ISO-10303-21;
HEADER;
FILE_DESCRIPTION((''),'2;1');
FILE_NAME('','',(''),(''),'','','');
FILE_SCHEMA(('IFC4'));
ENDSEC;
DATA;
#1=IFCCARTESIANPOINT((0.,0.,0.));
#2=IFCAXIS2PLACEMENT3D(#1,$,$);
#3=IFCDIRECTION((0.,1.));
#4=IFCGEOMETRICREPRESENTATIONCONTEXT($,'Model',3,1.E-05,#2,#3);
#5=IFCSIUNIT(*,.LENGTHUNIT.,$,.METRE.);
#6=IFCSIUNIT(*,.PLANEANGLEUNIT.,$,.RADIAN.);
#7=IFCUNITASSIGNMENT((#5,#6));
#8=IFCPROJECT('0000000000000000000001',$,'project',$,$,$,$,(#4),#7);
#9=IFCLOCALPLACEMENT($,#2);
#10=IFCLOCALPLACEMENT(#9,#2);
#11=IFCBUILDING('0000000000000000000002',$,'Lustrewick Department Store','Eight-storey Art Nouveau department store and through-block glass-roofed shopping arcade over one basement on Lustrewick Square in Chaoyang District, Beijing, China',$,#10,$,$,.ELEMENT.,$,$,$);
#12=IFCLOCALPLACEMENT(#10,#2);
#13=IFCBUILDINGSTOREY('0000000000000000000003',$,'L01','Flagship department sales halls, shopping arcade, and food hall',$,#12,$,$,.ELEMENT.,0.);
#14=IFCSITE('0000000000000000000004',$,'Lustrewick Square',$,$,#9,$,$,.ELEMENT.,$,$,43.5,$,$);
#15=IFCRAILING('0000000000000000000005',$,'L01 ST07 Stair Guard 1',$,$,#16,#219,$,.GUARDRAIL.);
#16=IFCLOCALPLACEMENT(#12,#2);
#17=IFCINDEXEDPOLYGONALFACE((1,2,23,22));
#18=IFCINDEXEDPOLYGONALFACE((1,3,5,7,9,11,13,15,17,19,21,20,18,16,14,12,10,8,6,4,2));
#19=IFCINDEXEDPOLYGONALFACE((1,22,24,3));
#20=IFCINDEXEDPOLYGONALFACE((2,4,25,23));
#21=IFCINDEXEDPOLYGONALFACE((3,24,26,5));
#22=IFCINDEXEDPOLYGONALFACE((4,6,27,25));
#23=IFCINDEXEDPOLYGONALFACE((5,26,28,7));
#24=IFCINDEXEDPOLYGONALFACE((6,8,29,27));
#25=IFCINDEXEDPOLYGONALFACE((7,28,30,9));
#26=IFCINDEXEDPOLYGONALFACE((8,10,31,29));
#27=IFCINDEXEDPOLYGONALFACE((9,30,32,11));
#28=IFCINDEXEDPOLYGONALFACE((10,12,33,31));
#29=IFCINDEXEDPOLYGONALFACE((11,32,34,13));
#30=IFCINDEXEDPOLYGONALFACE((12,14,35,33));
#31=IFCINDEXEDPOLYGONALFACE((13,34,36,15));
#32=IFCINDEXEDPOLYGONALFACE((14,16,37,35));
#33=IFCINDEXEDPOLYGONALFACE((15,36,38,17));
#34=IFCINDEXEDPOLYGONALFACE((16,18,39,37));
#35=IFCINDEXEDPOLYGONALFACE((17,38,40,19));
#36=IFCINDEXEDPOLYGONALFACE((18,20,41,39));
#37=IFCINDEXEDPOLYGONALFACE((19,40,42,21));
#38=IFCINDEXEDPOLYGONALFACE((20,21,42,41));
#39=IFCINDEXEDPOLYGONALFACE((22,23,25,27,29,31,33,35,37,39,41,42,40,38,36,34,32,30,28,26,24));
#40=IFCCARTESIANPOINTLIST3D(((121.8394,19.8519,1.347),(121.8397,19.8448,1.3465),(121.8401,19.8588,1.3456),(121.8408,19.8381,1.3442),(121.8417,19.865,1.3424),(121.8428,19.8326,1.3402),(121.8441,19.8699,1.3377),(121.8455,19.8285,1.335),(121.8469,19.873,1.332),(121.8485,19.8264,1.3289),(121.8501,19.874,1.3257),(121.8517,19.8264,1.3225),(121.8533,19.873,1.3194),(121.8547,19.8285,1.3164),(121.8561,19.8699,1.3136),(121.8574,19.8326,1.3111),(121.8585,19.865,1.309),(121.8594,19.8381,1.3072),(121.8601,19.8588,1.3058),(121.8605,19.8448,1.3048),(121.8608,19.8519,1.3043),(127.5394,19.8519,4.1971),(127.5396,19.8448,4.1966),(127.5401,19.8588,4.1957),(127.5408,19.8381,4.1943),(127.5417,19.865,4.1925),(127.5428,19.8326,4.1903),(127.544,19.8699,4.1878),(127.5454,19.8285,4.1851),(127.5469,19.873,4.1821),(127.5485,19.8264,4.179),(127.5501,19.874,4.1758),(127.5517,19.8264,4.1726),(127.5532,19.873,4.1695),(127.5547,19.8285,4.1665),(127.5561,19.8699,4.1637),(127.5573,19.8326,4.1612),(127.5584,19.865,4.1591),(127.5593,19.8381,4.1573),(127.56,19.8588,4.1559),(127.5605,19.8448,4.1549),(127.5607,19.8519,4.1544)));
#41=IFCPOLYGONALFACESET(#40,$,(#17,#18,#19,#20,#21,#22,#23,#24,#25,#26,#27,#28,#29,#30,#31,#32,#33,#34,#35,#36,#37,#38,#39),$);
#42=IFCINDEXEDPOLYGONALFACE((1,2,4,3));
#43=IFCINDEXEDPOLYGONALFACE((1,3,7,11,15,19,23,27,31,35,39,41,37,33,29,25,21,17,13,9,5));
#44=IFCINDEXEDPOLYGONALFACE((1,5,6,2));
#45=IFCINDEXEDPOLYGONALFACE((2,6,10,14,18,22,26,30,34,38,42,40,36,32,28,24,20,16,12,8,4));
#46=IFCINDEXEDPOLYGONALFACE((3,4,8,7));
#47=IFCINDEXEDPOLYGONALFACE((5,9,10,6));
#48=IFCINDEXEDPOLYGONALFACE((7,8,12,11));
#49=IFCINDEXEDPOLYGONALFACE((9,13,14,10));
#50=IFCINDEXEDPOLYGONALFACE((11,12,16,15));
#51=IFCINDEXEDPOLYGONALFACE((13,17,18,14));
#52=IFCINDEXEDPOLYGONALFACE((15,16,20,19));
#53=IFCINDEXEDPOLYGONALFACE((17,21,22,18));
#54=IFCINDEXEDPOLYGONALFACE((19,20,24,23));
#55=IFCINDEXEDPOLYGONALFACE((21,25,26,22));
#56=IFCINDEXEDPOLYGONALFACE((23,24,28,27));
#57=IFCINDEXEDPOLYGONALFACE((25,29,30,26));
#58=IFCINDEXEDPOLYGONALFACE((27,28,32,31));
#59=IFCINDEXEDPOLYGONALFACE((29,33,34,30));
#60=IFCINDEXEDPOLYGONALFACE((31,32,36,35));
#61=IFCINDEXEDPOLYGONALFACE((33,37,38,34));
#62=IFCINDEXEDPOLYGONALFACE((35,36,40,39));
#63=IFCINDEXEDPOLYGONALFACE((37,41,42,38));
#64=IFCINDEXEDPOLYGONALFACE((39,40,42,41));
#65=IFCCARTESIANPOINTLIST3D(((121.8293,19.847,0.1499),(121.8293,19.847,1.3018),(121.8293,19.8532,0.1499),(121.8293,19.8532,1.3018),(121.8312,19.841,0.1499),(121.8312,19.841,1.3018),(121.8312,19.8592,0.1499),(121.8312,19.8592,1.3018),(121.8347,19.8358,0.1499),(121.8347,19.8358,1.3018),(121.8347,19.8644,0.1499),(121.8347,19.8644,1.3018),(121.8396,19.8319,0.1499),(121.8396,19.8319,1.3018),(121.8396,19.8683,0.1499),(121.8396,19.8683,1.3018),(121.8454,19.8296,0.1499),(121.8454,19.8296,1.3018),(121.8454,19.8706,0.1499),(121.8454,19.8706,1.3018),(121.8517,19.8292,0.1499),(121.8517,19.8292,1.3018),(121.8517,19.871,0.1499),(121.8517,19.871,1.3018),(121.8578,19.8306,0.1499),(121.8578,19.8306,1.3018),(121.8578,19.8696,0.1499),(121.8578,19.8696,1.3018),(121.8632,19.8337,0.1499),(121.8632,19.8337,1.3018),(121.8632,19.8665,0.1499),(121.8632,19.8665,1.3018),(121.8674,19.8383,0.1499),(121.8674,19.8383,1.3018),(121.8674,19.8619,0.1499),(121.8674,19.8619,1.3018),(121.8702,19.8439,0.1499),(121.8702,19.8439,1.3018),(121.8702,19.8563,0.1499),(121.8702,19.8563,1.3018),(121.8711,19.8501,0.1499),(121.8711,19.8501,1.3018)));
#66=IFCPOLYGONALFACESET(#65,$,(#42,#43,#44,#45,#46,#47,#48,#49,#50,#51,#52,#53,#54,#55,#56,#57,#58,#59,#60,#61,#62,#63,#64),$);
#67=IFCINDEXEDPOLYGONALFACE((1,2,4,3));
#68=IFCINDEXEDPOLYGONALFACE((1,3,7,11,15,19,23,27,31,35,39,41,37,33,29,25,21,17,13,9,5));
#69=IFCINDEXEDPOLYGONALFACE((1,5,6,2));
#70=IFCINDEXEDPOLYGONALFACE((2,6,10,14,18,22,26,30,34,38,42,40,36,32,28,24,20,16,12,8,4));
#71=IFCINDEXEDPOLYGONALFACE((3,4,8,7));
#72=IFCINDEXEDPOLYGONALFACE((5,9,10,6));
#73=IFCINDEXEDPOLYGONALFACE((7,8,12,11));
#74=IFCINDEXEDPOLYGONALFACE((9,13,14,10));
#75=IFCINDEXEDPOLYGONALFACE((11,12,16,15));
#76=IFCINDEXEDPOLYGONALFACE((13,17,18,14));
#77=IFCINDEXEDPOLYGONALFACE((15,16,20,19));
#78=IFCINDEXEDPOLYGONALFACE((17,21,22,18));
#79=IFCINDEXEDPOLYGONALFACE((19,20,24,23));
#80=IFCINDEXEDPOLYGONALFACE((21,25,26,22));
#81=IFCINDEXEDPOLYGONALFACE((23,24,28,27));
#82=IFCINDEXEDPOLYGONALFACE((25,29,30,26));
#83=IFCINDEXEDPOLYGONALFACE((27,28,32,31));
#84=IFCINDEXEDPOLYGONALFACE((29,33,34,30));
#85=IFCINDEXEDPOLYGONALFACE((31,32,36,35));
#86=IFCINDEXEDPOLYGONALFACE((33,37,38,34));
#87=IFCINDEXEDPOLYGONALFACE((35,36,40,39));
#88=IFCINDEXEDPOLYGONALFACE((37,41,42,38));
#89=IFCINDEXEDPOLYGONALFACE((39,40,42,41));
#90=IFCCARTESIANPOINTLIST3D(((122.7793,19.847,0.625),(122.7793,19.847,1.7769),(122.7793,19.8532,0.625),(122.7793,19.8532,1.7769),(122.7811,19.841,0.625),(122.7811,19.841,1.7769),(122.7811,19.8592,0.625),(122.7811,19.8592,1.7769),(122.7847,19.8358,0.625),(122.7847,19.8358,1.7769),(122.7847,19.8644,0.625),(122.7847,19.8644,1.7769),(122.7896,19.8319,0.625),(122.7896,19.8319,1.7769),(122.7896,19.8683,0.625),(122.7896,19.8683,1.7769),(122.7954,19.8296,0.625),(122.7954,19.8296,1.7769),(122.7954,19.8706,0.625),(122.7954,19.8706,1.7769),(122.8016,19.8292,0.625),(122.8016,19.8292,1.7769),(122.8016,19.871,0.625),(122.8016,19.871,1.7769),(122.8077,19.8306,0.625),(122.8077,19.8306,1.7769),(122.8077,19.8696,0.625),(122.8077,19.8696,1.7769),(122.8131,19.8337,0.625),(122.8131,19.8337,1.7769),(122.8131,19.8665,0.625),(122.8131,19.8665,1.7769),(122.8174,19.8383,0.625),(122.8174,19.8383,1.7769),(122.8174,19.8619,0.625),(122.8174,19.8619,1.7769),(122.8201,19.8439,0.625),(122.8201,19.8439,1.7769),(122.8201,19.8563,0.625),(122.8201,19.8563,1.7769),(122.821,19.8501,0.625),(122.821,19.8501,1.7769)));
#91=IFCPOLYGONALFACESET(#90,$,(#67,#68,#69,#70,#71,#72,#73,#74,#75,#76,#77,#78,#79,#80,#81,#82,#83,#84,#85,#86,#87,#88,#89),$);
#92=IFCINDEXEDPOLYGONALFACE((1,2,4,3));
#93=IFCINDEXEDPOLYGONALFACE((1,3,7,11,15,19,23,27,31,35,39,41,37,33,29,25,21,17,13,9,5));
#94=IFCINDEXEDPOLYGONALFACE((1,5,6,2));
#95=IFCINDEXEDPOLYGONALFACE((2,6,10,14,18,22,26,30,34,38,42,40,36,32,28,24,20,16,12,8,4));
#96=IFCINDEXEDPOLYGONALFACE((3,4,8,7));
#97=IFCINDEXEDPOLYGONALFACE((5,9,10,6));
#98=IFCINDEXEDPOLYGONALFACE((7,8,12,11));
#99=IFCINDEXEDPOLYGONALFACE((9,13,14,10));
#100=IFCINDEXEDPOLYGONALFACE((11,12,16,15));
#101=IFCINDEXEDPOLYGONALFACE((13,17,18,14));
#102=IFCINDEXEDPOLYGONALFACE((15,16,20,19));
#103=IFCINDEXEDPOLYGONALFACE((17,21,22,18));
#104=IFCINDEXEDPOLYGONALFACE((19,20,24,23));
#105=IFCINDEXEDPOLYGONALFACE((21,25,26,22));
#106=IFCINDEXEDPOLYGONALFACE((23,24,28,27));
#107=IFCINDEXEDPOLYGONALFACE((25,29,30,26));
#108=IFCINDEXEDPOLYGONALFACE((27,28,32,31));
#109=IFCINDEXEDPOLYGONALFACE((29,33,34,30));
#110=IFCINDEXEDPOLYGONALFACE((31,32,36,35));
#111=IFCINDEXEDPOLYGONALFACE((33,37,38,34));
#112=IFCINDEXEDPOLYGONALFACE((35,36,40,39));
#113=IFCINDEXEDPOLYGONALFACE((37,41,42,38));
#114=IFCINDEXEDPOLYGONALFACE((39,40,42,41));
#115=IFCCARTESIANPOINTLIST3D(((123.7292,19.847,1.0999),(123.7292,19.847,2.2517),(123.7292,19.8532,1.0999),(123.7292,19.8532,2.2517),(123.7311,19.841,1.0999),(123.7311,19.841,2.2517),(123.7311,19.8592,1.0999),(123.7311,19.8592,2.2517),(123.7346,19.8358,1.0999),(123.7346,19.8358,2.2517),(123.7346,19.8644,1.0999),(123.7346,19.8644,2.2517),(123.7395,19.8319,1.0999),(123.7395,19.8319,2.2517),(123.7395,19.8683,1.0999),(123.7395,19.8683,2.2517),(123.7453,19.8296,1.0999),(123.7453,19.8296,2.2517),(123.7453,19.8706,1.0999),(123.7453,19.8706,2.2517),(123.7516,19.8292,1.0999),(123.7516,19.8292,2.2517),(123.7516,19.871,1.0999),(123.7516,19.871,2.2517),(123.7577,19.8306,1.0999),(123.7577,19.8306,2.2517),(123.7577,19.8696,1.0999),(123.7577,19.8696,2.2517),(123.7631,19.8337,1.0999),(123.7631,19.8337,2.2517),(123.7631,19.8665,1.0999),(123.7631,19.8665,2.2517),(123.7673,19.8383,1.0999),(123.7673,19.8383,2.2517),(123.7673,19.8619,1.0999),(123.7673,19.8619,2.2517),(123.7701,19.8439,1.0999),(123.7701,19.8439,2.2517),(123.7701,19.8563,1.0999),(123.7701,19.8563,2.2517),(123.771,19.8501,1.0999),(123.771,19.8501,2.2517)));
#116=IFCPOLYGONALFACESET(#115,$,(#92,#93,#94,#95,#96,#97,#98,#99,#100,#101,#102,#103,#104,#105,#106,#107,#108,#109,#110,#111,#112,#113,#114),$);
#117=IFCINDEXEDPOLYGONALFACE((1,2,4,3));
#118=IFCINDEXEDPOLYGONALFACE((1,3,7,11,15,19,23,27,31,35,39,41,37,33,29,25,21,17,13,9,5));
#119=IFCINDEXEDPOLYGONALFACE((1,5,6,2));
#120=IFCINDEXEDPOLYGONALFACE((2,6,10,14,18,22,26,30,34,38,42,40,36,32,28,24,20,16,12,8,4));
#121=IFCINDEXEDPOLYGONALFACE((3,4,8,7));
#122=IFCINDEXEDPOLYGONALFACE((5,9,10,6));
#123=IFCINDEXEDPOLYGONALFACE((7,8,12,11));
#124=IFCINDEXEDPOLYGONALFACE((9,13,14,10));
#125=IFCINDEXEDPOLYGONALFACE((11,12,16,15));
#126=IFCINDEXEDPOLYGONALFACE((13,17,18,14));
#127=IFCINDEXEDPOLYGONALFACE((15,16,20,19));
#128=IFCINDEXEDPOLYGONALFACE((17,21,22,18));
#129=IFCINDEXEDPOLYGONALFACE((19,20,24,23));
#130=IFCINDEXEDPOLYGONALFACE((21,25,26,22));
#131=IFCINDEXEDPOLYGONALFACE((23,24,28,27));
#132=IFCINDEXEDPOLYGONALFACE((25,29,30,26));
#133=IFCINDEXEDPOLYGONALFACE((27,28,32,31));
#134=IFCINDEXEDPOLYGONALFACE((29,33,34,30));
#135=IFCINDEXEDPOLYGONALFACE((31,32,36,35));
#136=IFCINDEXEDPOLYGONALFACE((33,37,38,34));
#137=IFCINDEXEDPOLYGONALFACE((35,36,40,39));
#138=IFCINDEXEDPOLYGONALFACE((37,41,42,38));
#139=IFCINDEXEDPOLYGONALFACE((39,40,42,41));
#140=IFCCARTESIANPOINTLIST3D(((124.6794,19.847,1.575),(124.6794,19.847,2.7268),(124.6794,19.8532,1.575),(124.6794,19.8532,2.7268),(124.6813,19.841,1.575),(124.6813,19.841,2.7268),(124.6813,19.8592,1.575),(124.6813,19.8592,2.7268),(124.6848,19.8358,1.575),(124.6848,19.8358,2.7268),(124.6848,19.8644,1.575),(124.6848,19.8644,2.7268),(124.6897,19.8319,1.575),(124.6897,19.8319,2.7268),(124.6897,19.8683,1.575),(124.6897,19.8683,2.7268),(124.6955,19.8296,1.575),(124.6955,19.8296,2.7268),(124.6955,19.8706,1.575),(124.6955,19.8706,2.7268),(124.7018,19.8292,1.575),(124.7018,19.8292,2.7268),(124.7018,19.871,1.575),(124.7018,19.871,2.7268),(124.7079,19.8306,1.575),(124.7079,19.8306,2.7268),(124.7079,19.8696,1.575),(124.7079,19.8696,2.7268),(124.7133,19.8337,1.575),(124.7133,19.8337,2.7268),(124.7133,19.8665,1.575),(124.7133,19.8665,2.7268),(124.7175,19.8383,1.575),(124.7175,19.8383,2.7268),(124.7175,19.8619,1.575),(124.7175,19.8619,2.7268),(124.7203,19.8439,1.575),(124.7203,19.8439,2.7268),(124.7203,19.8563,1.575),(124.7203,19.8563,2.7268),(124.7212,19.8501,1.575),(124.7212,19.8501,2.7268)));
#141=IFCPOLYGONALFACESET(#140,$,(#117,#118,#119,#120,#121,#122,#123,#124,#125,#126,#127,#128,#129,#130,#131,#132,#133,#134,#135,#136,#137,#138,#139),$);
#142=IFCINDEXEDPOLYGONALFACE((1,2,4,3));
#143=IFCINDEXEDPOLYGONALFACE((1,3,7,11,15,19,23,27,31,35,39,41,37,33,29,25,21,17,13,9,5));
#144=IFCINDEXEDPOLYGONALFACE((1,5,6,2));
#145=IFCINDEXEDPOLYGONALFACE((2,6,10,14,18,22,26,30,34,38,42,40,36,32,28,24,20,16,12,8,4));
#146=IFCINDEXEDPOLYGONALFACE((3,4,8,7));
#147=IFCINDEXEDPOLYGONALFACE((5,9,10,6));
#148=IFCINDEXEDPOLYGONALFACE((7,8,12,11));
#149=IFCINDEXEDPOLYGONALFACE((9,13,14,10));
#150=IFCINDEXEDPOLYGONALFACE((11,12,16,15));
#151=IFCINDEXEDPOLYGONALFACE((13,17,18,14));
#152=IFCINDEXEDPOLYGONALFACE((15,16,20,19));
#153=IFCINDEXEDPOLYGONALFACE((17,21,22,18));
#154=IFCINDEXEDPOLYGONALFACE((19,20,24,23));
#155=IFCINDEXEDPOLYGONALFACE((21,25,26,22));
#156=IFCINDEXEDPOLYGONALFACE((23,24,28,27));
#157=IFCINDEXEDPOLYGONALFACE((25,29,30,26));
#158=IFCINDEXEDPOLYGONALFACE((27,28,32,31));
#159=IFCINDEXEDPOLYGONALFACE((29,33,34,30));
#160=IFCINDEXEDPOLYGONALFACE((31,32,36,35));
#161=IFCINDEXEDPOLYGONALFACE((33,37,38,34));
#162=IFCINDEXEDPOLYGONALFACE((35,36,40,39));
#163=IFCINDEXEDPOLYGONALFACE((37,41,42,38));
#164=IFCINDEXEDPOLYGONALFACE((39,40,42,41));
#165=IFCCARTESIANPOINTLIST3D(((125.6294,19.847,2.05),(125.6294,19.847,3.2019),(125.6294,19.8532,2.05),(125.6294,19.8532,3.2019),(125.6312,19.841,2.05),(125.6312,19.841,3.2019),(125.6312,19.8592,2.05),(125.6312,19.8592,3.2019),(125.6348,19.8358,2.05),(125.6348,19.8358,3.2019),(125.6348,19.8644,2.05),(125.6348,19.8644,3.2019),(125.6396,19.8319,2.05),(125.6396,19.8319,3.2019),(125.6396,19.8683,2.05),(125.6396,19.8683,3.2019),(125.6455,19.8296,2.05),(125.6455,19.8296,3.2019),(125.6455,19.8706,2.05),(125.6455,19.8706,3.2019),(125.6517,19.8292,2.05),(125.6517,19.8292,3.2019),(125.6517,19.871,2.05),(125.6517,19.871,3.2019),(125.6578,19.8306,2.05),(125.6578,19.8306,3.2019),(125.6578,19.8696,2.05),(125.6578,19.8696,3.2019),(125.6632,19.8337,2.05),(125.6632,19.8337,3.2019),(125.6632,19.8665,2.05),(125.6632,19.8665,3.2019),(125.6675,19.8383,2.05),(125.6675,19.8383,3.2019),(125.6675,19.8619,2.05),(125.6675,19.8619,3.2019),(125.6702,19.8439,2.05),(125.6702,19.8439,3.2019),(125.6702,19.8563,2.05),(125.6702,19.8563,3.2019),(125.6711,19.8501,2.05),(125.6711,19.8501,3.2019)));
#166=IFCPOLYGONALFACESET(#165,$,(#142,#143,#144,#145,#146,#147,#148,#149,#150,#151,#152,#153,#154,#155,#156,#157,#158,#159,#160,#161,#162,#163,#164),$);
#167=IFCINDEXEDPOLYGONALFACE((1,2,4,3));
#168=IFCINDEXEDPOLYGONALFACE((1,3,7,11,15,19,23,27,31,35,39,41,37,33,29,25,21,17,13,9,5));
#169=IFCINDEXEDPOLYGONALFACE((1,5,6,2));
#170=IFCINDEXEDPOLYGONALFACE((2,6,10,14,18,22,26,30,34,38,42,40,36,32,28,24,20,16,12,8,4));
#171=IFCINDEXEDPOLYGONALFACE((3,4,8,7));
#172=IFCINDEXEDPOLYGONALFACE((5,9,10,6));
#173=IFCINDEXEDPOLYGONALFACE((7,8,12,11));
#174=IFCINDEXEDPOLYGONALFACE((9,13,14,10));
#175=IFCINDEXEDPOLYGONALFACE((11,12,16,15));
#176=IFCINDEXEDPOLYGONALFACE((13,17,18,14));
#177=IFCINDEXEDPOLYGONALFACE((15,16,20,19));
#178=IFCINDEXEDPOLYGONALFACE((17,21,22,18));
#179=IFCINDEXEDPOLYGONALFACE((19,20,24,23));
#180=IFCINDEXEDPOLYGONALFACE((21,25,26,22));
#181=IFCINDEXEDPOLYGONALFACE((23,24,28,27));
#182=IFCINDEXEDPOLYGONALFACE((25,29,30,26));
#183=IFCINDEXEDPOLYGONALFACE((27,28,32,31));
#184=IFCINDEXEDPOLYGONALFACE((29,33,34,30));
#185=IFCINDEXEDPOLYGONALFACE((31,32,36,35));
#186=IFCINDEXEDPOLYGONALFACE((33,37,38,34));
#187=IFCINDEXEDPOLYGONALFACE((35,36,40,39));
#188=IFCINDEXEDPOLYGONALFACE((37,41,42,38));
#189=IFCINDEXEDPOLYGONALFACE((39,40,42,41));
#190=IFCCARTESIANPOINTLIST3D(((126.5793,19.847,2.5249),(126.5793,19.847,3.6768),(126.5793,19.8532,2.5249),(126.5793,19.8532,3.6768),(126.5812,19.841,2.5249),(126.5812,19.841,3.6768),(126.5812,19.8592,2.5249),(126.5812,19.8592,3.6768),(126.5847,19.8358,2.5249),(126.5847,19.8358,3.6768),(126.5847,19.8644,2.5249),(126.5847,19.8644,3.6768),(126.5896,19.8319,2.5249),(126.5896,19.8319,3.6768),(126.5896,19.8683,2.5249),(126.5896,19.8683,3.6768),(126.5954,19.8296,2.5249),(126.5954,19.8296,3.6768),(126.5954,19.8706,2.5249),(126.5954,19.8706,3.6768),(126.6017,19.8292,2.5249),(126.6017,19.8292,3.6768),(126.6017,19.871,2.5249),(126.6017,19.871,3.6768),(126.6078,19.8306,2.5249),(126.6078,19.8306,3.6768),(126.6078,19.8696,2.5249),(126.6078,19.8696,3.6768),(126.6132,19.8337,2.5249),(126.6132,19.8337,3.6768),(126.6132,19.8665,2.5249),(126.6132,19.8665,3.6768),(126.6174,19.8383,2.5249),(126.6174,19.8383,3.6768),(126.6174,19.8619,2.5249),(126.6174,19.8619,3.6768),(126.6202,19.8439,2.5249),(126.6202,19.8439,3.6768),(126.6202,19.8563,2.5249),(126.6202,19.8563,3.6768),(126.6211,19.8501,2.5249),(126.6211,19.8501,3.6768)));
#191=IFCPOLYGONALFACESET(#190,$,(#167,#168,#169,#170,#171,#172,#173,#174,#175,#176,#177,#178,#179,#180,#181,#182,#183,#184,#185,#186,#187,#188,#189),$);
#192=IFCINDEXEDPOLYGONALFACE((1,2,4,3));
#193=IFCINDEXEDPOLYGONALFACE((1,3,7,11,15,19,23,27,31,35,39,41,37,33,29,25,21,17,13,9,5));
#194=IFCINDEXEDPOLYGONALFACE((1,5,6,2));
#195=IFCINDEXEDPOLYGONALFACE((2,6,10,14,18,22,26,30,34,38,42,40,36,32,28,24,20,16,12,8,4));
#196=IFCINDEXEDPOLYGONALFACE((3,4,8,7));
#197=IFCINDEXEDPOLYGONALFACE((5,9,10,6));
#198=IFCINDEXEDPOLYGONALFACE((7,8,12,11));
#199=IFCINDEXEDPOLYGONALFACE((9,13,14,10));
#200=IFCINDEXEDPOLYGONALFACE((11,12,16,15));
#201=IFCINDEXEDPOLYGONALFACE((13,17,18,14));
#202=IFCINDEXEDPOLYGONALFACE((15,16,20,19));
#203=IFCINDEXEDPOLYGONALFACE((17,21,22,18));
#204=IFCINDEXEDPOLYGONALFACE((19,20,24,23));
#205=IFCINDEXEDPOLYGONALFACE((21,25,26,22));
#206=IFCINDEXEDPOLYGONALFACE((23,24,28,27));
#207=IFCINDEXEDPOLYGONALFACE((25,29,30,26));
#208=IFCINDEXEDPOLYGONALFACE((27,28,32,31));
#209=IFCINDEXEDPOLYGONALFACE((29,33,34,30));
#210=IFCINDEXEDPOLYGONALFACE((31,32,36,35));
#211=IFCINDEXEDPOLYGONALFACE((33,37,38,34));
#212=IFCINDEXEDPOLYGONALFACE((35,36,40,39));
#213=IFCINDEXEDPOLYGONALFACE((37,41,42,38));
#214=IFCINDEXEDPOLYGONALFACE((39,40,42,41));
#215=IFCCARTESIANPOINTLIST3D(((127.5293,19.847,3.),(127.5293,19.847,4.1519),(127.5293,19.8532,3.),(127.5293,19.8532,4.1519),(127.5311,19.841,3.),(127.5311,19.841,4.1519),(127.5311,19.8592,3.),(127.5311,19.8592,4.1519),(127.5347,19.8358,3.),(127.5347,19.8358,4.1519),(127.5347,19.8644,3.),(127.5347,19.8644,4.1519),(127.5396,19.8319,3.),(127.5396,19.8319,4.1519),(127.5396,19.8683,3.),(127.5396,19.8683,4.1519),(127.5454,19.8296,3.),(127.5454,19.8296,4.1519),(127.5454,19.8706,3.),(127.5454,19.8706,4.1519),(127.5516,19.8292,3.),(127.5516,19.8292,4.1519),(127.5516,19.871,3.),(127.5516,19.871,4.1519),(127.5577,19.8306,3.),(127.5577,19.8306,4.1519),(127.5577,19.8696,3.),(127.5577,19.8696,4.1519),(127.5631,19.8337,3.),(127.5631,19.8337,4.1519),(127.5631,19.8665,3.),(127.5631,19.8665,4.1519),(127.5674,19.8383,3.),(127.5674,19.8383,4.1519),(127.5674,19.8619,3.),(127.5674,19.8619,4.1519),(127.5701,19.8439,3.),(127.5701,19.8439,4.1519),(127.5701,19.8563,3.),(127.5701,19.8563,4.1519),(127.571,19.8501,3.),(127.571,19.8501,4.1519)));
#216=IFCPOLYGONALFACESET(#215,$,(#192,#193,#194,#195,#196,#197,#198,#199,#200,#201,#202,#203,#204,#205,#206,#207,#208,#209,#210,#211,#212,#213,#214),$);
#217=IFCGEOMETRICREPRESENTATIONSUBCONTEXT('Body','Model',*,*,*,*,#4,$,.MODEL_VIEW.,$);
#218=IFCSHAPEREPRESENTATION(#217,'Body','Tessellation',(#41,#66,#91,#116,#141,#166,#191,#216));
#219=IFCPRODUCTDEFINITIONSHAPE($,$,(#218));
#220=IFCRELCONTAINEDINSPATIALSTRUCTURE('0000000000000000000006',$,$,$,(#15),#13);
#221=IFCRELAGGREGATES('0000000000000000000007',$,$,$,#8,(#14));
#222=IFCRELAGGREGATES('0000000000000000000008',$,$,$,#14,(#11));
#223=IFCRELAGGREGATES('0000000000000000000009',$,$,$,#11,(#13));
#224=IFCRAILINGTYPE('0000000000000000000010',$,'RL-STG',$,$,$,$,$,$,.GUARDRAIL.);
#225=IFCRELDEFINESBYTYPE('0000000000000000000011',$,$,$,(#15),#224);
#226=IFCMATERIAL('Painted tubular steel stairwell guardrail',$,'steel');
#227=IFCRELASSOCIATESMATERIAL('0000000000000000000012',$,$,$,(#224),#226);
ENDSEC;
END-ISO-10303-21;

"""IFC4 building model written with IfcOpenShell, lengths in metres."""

from ifc_helpers import new_model, si_unit, direction, frame, origin, origin_2d, place, context, subcontext, project, spatial, circle, extrude, material, type_object, element, save


model = new_model("IFC4")

# Units and contexts
model_context = context("Model", 3, precision=1e-05, world=origin(), true_north=direction((0.0, 1.0)))
body_context = subcontext(model_context, "Body", "Model", "MODEL_VIEW")
ifc_project = project(units=[si_unit("LENGTHUNIT", "METRE"), si_unit("PLANEANGLEUNIT", "RADIAN")], contexts=[model_context])

# Site, building, storey
site_placement = place(None, origin())
site = spatial("IfcSite", under=ifc_project, at=site_placement, Name="Lustrewick Square", CompositionType="ELEMENT", RefElevation=43.5)
building_placement = place(site_placement, origin())
building = spatial("IfcBuilding", under=site, at=building_placement, Name="Lustrewick Department Store", Description="Eight-storey Art Nouveau department store and through-block glass-roofed shopping arcade over one basement on Lustrewick Square in Chaoyang District, Beijing, China", CompositionType="ELEMENT")
storey_placement = place(building_placement, origin())
storey = spatial("IfcBuildingStorey", under=building, at=storey_placement, Name="L01", Description="Flagship department sales halls, shopping arcade, and food hall", CompositionType="ELEMENT", Elevation=0.0)

# Railing
ifc_material_1 = material(Name="Painted tubular steel stairwell guardrail", Category="steel")
railing_type_1 = type_object("IfcRailingType", Name="RL-STG", PredefinedType="GUARDRAIL", material=ifc_material_1)
railing_1_placement = place(storey_placement, frame((121.8501, 19.8501, 0.1499)))
element("IfcRailing", 1, at=railing_1_placement, inside=storey, type_object=railing_type_1, Name="L01 ST07 Stair Guard 1", PredefinedType="GUARDRAIL", context=body_context, shape_type="SweptSolid", body=[
    extrude(circle(Radius=0.0239, at=origin_2d()), frame((0.0, 0.0, 1.1758), z_axis=(0.89442, 0.0, 0.447229), x_axis=(0.0, 1.0, 0.0)), (0.0, 0.0, 1.0), 6.3728),
    extrude(circle(Radius=0.021, at=origin_2d()), origin(), (0.0, 0.0, 1.0), 1.1519),
    extrude(circle(Radius=0.021, at=origin_2d()), frame((0.95, 0.0, 0.4751)), (0.0, 0.0, 1.0), 1.1519),
    extrude(circle(Radius=0.021, at=origin_2d()), frame((1.8999, 0.0, 0.95)), (0.0, 0.0, 1.0), 1.1519),
    extrude(circle(Radius=0.021, at=origin_2d()), frame((2.8501, 0.0, 1.425)), (0.0, 0.0, 1.0), 1.1519),
    extrude(circle(Radius=0.021, at=origin_2d()), frame((3.8, 0.0, 1.9001)), (0.0, 0.0, 1.0), 1.1519),
    extrude(circle(Radius=0.021, at=origin_2d()), frame((4.75, 0.0, 2.375)), (0.0, 0.0, 1.0), 1.1519),
    extrude(circle(Radius=0.021, at=origin_2d()), frame((5.7, 0.0, 2.8501)), (0.0, 0.0, 1.0), 1.1519),
])

save(model, "model.ifc")
